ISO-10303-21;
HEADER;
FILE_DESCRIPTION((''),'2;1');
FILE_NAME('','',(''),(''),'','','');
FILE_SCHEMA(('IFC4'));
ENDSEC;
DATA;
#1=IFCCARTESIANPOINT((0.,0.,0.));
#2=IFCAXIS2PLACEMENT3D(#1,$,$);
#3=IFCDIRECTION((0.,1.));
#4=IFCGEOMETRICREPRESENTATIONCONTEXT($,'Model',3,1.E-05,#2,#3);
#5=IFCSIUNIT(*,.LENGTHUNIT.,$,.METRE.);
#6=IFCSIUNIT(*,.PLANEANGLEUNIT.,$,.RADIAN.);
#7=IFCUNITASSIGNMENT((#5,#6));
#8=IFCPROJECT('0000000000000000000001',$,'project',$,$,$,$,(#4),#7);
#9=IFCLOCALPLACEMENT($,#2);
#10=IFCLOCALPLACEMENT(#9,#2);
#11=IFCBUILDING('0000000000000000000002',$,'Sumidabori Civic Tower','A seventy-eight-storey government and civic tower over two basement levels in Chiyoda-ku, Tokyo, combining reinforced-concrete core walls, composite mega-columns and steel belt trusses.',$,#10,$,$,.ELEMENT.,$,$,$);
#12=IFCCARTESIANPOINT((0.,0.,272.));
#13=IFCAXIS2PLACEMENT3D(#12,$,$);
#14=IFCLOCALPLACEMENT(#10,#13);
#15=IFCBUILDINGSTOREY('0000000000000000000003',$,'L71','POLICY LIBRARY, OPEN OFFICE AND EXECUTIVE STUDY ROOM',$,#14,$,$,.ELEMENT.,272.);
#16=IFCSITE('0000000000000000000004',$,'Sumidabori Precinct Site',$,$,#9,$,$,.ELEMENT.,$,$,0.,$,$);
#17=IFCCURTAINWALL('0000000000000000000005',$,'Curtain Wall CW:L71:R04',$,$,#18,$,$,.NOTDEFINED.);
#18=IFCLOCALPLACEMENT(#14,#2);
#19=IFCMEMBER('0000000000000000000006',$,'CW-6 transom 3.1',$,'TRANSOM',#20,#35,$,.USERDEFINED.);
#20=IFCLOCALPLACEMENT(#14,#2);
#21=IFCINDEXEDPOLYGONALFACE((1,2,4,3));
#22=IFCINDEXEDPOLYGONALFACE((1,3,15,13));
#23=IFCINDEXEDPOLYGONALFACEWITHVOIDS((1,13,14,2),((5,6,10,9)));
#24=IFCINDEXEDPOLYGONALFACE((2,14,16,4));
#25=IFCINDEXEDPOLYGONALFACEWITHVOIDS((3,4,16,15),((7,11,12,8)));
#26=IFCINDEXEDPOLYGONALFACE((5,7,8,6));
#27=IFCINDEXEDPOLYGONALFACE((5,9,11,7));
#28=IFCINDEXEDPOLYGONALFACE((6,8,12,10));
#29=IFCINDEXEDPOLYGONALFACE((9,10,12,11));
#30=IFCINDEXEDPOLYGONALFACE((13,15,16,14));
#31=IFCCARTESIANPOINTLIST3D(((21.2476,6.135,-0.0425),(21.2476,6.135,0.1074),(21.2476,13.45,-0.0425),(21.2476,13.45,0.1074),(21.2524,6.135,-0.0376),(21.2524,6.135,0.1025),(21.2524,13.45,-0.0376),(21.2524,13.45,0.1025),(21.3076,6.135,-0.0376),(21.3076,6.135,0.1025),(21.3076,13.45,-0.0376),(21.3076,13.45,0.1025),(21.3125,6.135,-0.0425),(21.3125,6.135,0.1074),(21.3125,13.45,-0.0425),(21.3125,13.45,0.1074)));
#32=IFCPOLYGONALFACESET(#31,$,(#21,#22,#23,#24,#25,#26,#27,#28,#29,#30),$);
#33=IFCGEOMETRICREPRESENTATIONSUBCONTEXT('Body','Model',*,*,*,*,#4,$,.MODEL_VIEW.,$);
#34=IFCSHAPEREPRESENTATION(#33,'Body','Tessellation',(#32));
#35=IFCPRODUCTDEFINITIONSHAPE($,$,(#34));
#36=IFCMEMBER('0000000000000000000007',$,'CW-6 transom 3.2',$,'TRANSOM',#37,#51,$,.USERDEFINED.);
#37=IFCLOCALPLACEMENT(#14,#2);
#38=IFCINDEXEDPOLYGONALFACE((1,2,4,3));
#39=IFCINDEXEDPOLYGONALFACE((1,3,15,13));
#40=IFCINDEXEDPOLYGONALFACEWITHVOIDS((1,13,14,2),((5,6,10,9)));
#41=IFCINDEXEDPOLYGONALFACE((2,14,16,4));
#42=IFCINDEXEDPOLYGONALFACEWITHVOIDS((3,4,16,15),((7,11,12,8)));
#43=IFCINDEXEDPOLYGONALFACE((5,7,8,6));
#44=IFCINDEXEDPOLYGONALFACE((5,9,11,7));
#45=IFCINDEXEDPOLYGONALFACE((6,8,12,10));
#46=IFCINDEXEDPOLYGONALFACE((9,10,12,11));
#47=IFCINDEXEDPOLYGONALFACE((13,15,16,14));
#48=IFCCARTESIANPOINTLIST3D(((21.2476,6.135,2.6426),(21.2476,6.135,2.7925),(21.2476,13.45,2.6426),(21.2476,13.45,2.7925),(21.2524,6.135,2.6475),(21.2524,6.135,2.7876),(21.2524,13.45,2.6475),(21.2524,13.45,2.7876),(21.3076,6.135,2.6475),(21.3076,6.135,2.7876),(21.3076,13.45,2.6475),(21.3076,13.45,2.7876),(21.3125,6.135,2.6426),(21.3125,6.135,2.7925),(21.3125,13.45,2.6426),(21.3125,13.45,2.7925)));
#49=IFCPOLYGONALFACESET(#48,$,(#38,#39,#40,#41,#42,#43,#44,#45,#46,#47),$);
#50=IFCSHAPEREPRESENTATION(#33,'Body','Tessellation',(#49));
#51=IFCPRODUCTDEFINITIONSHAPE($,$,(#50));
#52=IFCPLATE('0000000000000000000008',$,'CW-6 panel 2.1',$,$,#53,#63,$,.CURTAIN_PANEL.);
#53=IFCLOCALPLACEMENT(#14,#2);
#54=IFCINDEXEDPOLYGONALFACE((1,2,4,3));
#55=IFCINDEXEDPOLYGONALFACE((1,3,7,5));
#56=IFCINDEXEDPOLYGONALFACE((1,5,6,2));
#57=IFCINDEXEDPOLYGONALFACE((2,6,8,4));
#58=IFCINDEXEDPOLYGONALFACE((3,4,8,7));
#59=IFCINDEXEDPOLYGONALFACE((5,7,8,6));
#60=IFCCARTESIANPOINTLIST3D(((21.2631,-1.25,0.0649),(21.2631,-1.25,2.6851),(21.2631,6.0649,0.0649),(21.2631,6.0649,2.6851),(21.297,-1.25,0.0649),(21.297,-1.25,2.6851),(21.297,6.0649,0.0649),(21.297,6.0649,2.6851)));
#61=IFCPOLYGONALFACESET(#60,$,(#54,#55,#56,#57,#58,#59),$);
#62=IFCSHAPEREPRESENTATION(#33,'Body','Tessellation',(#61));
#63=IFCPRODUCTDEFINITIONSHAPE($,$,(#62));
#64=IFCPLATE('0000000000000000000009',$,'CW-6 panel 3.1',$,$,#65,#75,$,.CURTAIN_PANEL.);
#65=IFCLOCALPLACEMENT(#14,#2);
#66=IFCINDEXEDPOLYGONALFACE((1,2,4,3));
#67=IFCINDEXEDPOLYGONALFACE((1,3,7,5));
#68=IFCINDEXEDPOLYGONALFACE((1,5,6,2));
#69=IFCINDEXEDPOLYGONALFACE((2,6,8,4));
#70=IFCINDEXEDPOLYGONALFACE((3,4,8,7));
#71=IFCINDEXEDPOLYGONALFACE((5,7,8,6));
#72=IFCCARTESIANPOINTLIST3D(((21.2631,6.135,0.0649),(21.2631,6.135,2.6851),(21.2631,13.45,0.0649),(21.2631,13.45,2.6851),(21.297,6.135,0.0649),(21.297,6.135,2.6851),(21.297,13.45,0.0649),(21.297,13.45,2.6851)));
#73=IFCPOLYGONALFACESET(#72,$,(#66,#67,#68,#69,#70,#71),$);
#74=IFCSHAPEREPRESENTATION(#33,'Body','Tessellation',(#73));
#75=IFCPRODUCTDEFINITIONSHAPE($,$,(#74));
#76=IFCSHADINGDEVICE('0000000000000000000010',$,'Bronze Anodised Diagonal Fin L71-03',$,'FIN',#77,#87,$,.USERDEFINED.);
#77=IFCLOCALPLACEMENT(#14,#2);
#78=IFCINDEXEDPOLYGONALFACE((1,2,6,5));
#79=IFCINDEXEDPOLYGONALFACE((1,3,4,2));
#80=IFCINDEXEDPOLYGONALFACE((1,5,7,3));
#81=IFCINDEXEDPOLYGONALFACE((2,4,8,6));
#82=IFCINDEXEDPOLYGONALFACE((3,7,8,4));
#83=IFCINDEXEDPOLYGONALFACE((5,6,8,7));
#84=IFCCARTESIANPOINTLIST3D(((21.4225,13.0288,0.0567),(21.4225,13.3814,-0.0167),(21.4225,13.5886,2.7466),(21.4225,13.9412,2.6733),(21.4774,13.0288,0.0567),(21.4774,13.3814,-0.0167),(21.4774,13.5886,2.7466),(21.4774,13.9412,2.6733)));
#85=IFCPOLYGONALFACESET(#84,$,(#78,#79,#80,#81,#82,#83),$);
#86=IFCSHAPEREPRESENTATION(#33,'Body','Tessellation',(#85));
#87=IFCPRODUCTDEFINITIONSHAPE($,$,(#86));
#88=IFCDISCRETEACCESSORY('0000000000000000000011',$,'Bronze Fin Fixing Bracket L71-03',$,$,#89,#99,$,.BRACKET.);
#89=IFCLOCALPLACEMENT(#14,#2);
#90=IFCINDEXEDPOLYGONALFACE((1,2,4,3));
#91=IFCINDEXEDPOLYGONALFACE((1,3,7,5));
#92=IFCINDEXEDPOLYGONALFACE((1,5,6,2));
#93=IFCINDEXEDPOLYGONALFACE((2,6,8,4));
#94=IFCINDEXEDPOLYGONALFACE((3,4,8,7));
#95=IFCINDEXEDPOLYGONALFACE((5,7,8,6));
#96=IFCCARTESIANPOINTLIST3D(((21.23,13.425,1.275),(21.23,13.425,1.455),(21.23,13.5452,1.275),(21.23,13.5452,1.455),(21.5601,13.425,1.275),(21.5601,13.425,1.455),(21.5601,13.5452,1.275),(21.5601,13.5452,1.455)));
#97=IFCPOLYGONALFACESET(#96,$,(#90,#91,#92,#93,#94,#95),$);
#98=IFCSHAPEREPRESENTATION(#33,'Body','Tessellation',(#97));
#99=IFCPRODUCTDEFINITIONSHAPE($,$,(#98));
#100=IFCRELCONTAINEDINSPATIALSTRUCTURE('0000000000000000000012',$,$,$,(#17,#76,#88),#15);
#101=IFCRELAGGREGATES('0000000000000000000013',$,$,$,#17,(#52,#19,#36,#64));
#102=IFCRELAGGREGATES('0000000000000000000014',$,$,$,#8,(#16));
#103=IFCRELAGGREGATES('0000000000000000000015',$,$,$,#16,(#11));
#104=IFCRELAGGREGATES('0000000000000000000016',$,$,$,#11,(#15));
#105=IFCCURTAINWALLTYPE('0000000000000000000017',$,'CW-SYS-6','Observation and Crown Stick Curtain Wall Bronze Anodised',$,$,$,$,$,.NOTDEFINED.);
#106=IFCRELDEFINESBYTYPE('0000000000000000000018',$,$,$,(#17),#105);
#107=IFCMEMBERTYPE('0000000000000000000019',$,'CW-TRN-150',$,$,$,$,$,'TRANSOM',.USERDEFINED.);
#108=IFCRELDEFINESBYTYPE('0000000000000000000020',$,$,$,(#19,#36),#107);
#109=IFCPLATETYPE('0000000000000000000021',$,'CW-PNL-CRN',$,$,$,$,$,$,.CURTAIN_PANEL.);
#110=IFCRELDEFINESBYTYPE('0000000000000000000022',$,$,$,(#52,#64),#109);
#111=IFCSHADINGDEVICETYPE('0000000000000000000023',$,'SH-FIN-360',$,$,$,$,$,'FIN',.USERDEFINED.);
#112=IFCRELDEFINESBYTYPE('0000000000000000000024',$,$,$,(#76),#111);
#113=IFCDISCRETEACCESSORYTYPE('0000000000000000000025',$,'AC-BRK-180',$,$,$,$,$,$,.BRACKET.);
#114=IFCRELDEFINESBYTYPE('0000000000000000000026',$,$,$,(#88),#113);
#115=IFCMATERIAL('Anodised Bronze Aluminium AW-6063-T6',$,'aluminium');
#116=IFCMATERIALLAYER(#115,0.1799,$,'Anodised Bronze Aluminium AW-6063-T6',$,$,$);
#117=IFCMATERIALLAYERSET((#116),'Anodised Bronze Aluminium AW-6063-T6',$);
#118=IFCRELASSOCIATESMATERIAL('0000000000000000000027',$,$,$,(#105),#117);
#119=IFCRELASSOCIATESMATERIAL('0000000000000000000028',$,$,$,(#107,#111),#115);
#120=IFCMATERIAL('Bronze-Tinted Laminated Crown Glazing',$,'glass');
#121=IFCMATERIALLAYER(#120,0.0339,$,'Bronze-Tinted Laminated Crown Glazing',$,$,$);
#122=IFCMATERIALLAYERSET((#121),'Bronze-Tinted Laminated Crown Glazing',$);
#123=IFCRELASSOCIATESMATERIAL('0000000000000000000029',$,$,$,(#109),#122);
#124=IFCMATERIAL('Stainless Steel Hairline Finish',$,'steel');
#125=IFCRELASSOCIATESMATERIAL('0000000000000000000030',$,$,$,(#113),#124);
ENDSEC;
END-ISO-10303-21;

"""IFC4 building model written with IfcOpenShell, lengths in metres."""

from ifc_helpers import new_model, si_unit, direction, frame, origin, origin_2d, place, context, subcontext, project, spatial, rectangle, hollow_rectangle, extrude, source, transform, mapped, material, layer, layer_set, material_profile, profile_set, type_object, element, aggregate, save


model = new_model("IFC4")

# Units and contexts
model_context = context("Model", 3, precision=1e-05, world=origin(), true_north=direction((0.0, 1.0)))
body_context = subcontext(model_context, "Body", "Model", "MODEL_VIEW")
ifc_project = project(units=[si_unit("LENGTHUNIT", "METRE"), si_unit("PLANEANGLEUNIT", "RADIAN")], contexts=[model_context])

# Site, building, storey
site_placement = place(None, origin())
site = spatial("IfcSite", under=ifc_project, at=site_placement, Name="Sumidabori Precinct Site", CompositionType="ELEMENT", RefElevation=0.0)
building_placement = place(site_placement, origin())
building = spatial("IfcBuilding", under=site, at=building_placement, Name="Sumidabori Civic Tower", Description="A seventy-eight-storey government and civic tower over two basement levels in Chiyoda-ku, Tokyo, combining reinforced-concrete core walls, composite mega-columns and steel belt trusses.", CompositionType="ELEMENT")
storey_placement = place(building_placement, frame((0.0, 0.0, 272.0)))
storey = spatial("IfcBuildingStorey", under=building, at=storey_placement, Name="L71", Description="POLICY LIBRARY, OPEN OFFICE AND EXECUTIVE STUDY ROOM", CompositionType="ELEMENT", Elevation=272.0)

# Curtain wall, members, plates
ifc_material_1 = material(Name="Anodised Bronze Aluminium AW-6063-T6", Category="aluminium")
ifc_layer_1 = layer(ifc_material_1, 0.1799, Name="Anodised Bronze Aluminium AW-6063-T6")
ifc_layer_set_1 = layer_set([ifc_layer_1], Name="Anodised Bronze Aluminium AW-6063-T6")
curtain_wall_type = type_object("IfcCurtainWallType", Name="CW-SYS-6", Description="Observation and Crown Stick Curtain Wall Bronze Anodised", PredefinedType="NOTDEFINED", material=ifc_layer_set_1)
curtain_wall_placement = place(storey_placement, origin())
curtain_wall = element("IfcCurtainWall", 1, at=curtain_wall_placement, inside=storey, type_object=curtain_wall_type, Name="Curtain Wall CW:L71:R04", PredefinedType="NOTDEFINED")
ifc_material_profile_1 = material_profile(ifc_material_1, hollow_rectangle(XDim=0.0649, YDim=0.1499, WallThickness=0.0049, at=origin_2d()), Name="ALU TRANSOM 150x65")
ifc_profile_set_1 = profile_set([ifc_material_profile_1], Name="Anodised Bronze Aluminium AW-6063-T6")
member_type_1 = type_object("IfcMemberType", Name="CW-TRN-150", ElementType="TRANSOM", PredefinedType="USERDEFINED", material=ifc_profile_set_1)
shared_shape_1 = source(origin(), body_context, "Body", "SweptSolid", [
    extrude(hollow_rectangle(XDim=0.0649, YDim=0.1499, WallThickness=0.0049, at=origin_2d()), origin(), (0.0, 0.0, 1.0), 7.3149),
])
member_1_placement = place(storey_placement, frame((21.28, 6.135, 0.0325), z_axis=(0.0, 1.0, 0.0), x_axis=(-1.0, 0.0, 0.0)))
member_1 = element("IfcMember", 2, at=member_1_placement, type_object=member_type_1, Name="CW-6 transom 3.1", ObjectType="TRANSOM", PredefinedType="USERDEFINED", context=body_context, shape_type="MappedRepresentation", body=[
    mapped(shared_shape_1, transform((0.0, 0.0, 0.0), x_axis=(1.0, 0.0, 0.0), y_axis=(0.0, 1.0, 0.0), z_axis=(0.0, 0.0, 1.0), scale=1.0)),
])
member_2_placement = place(storey_placement, frame((21.28, 6.135, 2.7175), z_axis=(0.0, 1.0, 0.0), x_axis=(-1.0, 0.0, 0.0)))
member_2 = element("IfcMember", 3, at=member_2_placement, type_object=member_type_1, Name="CW-6 transom 3.2", ObjectType="TRANSOM", PredefinedType="USERDEFINED", context=body_context, shape_type="MappedRepresentation", body=[
    mapped(shared_shape_1, transform((0.0, 0.0, 0.0), x_axis=(1.0, 0.0, 0.0), y_axis=(0.0, 1.0, 0.0), z_axis=(0.0, 0.0, 1.0), scale=1.0)),
])
ifc_material_2 = material(Name="Bronze-Tinted Laminated Crown Glazing", Category="glass")
ifc_layer_2 = layer(ifc_material_2, 0.0339, Name="Bronze-Tinted Laminated Crown Glazing")
ifc_layer_set_2 = layer_set([ifc_layer_2], Name="Bronze-Tinted Laminated Crown Glazing")
plate_type = type_object("IfcPlateType", Name="CW-PNL-CRN", PredefinedType="CURTAIN_PANEL", material=ifc_layer_set_2)
shared_shape_2 = source(origin(), body_context, "Body", "SweptSolid", [
    extrude(rectangle(XDim=7.3149, YDim=0.0339, at=origin_2d()), origin(), (0.0, 0.0, 1.0), 2.6201),
])
plate_1_placement = place(storey_placement, frame((21.28, 2.4075, 0.0649), z_axis=(0.0, 0.0, 1.0), x_axis=(0.0, 1.0, 0.0)))
plate_1 = element("IfcPlate", 4, at=plate_1_placement, type_object=plate_type, Name="CW-6 panel 2.1", PredefinedType="CURTAIN_PANEL", context=body_context, shape_type="MappedRepresentation", body=[
    mapped(shared_shape_2, transform((0.0, 0.0, 0.0), x_axis=(1.0, 0.0, 0.0), y_axis=(0.0, 1.0, 0.0), z_axis=(0.0, 0.0, 1.0), scale=1.0)),
])
plate_2_placement = place(storey_placement, frame((21.28, 9.7925, 0.0649), z_axis=(0.0, 0.0, 1.0), x_axis=(0.0, 1.0, 0.0)))
plate_2 = element("IfcPlate", 5, at=plate_2_placement, type_object=plate_type, Name="CW-6 panel 3.1", PredefinedType="CURTAIN_PANEL", context=body_context, shape_type="MappedRepresentation", body=[
    mapped(shared_shape_2, transform((0.0, 0.0, 0.0), x_axis=(1.0, 0.0, 0.0), y_axis=(0.0, 1.0, 0.0), z_axis=(0.0, 0.0, 1.0), scale=1.0)),
])
aggregate(curtain_wall, [plate_1, member_1, member_2, plate_2])

# Shading device
ifc_material_profile_2 = material_profile(ifc_material_1, rectangle(XDim=0.0549, YDim=0.3601, at=origin_2d()), Name="BRONZE FIN 360x55")
ifc_profile_set_2 = profile_set([ifc_material_profile_2], Name="Anodised Bronze Aluminium AW-6063-T6")
shading_device_type = type_object("IfcShadingDeviceType", Name="SH-FIN-360", ElementType="FIN", PredefinedType="USERDEFINED", material=ifc_profile_set_2)
shared_shape_3 = source(origin(), body_context, "Body", "SweptSolid", [
    extrude(rectangle(XDim=0.0549, YDim=0.3601, at=origin_2d()), origin(), (0.0, 0.0, 1.0), 2.7476),
])
shading_device_placement = place(storey_placement, frame((21.45, 13.2051, 0.02), z_axis=(0.0, 0.203748, 0.979023), x_axis=(-1.0, 0.0, 0.0)))
element("IfcShadingDevice", 6, at=shading_device_placement, inside=storey, type_object=shading_device_type, Name="Bronze Anodised Diagonal Fin L71-03", ObjectType="FIN", PredefinedType="USERDEFINED", context=body_context, shape_type="MappedRepresentation", body=[
    mapped(shared_shape_3, transform((0.0, 0.0, 0.0), x_axis=(1.0, 0.0, 0.0), y_axis=(0.0, 1.0, 0.0), z_axis=(0.0, 0.0, 1.0), scale=1.0)),
])

# Discrete accessory
ifc_material_3 = material(Name="Stainless Steel Hairline Finish", Category="steel")
ifc_material_profile_3 = material_profile(ifc_material_3, rectangle(XDim=0.1201, YDim=0.1799, at=origin_2d()), Name="STEEL BRACKET 180x120")
ifc_profile_set_3 = profile_set([ifc_material_profile_3], Name="Stainless Steel Hairline Finish")
discrete_accessory_type = type_object("IfcDiscreteAccessoryType", Name="AC-BRK-180", PredefinedType="BRACKET", material=ifc_profile_set_3)
shared_shape_4 = source(origin(), body_context, "Body", "SweptSolid", [
    extrude(rectangle(XDim=0.1201, YDim=0.1799, at=origin_2d()), origin(), (0.0, 0.0, 1.0), 0.3301),
])
discrete_accessory_placement = place(storey_placement, frame((21.23, 13.4851, 1.365), z_axis=(1.0, 0.0, 0.0), x_axis=(0.0, 1.0, 0.0)))
element("IfcDiscreteAccessory", 7, at=discrete_accessory_placement, inside=storey, type_object=discrete_accessory_type, Name="Bronze Fin Fixing Bracket L71-03", PredefinedType="BRACKET", context=body_context, shape_type="MappedRepresentation", body=[
    mapped(shared_shape_4, transform((0.0, 0.0, 0.0), x_axis=(1.0, 0.0, 0.0), y_axis=(0.0, 1.0, 0.0), z_axis=(0.0, 0.0, 1.0), scale=1.0)),
])

save(model, "model.ifc")
